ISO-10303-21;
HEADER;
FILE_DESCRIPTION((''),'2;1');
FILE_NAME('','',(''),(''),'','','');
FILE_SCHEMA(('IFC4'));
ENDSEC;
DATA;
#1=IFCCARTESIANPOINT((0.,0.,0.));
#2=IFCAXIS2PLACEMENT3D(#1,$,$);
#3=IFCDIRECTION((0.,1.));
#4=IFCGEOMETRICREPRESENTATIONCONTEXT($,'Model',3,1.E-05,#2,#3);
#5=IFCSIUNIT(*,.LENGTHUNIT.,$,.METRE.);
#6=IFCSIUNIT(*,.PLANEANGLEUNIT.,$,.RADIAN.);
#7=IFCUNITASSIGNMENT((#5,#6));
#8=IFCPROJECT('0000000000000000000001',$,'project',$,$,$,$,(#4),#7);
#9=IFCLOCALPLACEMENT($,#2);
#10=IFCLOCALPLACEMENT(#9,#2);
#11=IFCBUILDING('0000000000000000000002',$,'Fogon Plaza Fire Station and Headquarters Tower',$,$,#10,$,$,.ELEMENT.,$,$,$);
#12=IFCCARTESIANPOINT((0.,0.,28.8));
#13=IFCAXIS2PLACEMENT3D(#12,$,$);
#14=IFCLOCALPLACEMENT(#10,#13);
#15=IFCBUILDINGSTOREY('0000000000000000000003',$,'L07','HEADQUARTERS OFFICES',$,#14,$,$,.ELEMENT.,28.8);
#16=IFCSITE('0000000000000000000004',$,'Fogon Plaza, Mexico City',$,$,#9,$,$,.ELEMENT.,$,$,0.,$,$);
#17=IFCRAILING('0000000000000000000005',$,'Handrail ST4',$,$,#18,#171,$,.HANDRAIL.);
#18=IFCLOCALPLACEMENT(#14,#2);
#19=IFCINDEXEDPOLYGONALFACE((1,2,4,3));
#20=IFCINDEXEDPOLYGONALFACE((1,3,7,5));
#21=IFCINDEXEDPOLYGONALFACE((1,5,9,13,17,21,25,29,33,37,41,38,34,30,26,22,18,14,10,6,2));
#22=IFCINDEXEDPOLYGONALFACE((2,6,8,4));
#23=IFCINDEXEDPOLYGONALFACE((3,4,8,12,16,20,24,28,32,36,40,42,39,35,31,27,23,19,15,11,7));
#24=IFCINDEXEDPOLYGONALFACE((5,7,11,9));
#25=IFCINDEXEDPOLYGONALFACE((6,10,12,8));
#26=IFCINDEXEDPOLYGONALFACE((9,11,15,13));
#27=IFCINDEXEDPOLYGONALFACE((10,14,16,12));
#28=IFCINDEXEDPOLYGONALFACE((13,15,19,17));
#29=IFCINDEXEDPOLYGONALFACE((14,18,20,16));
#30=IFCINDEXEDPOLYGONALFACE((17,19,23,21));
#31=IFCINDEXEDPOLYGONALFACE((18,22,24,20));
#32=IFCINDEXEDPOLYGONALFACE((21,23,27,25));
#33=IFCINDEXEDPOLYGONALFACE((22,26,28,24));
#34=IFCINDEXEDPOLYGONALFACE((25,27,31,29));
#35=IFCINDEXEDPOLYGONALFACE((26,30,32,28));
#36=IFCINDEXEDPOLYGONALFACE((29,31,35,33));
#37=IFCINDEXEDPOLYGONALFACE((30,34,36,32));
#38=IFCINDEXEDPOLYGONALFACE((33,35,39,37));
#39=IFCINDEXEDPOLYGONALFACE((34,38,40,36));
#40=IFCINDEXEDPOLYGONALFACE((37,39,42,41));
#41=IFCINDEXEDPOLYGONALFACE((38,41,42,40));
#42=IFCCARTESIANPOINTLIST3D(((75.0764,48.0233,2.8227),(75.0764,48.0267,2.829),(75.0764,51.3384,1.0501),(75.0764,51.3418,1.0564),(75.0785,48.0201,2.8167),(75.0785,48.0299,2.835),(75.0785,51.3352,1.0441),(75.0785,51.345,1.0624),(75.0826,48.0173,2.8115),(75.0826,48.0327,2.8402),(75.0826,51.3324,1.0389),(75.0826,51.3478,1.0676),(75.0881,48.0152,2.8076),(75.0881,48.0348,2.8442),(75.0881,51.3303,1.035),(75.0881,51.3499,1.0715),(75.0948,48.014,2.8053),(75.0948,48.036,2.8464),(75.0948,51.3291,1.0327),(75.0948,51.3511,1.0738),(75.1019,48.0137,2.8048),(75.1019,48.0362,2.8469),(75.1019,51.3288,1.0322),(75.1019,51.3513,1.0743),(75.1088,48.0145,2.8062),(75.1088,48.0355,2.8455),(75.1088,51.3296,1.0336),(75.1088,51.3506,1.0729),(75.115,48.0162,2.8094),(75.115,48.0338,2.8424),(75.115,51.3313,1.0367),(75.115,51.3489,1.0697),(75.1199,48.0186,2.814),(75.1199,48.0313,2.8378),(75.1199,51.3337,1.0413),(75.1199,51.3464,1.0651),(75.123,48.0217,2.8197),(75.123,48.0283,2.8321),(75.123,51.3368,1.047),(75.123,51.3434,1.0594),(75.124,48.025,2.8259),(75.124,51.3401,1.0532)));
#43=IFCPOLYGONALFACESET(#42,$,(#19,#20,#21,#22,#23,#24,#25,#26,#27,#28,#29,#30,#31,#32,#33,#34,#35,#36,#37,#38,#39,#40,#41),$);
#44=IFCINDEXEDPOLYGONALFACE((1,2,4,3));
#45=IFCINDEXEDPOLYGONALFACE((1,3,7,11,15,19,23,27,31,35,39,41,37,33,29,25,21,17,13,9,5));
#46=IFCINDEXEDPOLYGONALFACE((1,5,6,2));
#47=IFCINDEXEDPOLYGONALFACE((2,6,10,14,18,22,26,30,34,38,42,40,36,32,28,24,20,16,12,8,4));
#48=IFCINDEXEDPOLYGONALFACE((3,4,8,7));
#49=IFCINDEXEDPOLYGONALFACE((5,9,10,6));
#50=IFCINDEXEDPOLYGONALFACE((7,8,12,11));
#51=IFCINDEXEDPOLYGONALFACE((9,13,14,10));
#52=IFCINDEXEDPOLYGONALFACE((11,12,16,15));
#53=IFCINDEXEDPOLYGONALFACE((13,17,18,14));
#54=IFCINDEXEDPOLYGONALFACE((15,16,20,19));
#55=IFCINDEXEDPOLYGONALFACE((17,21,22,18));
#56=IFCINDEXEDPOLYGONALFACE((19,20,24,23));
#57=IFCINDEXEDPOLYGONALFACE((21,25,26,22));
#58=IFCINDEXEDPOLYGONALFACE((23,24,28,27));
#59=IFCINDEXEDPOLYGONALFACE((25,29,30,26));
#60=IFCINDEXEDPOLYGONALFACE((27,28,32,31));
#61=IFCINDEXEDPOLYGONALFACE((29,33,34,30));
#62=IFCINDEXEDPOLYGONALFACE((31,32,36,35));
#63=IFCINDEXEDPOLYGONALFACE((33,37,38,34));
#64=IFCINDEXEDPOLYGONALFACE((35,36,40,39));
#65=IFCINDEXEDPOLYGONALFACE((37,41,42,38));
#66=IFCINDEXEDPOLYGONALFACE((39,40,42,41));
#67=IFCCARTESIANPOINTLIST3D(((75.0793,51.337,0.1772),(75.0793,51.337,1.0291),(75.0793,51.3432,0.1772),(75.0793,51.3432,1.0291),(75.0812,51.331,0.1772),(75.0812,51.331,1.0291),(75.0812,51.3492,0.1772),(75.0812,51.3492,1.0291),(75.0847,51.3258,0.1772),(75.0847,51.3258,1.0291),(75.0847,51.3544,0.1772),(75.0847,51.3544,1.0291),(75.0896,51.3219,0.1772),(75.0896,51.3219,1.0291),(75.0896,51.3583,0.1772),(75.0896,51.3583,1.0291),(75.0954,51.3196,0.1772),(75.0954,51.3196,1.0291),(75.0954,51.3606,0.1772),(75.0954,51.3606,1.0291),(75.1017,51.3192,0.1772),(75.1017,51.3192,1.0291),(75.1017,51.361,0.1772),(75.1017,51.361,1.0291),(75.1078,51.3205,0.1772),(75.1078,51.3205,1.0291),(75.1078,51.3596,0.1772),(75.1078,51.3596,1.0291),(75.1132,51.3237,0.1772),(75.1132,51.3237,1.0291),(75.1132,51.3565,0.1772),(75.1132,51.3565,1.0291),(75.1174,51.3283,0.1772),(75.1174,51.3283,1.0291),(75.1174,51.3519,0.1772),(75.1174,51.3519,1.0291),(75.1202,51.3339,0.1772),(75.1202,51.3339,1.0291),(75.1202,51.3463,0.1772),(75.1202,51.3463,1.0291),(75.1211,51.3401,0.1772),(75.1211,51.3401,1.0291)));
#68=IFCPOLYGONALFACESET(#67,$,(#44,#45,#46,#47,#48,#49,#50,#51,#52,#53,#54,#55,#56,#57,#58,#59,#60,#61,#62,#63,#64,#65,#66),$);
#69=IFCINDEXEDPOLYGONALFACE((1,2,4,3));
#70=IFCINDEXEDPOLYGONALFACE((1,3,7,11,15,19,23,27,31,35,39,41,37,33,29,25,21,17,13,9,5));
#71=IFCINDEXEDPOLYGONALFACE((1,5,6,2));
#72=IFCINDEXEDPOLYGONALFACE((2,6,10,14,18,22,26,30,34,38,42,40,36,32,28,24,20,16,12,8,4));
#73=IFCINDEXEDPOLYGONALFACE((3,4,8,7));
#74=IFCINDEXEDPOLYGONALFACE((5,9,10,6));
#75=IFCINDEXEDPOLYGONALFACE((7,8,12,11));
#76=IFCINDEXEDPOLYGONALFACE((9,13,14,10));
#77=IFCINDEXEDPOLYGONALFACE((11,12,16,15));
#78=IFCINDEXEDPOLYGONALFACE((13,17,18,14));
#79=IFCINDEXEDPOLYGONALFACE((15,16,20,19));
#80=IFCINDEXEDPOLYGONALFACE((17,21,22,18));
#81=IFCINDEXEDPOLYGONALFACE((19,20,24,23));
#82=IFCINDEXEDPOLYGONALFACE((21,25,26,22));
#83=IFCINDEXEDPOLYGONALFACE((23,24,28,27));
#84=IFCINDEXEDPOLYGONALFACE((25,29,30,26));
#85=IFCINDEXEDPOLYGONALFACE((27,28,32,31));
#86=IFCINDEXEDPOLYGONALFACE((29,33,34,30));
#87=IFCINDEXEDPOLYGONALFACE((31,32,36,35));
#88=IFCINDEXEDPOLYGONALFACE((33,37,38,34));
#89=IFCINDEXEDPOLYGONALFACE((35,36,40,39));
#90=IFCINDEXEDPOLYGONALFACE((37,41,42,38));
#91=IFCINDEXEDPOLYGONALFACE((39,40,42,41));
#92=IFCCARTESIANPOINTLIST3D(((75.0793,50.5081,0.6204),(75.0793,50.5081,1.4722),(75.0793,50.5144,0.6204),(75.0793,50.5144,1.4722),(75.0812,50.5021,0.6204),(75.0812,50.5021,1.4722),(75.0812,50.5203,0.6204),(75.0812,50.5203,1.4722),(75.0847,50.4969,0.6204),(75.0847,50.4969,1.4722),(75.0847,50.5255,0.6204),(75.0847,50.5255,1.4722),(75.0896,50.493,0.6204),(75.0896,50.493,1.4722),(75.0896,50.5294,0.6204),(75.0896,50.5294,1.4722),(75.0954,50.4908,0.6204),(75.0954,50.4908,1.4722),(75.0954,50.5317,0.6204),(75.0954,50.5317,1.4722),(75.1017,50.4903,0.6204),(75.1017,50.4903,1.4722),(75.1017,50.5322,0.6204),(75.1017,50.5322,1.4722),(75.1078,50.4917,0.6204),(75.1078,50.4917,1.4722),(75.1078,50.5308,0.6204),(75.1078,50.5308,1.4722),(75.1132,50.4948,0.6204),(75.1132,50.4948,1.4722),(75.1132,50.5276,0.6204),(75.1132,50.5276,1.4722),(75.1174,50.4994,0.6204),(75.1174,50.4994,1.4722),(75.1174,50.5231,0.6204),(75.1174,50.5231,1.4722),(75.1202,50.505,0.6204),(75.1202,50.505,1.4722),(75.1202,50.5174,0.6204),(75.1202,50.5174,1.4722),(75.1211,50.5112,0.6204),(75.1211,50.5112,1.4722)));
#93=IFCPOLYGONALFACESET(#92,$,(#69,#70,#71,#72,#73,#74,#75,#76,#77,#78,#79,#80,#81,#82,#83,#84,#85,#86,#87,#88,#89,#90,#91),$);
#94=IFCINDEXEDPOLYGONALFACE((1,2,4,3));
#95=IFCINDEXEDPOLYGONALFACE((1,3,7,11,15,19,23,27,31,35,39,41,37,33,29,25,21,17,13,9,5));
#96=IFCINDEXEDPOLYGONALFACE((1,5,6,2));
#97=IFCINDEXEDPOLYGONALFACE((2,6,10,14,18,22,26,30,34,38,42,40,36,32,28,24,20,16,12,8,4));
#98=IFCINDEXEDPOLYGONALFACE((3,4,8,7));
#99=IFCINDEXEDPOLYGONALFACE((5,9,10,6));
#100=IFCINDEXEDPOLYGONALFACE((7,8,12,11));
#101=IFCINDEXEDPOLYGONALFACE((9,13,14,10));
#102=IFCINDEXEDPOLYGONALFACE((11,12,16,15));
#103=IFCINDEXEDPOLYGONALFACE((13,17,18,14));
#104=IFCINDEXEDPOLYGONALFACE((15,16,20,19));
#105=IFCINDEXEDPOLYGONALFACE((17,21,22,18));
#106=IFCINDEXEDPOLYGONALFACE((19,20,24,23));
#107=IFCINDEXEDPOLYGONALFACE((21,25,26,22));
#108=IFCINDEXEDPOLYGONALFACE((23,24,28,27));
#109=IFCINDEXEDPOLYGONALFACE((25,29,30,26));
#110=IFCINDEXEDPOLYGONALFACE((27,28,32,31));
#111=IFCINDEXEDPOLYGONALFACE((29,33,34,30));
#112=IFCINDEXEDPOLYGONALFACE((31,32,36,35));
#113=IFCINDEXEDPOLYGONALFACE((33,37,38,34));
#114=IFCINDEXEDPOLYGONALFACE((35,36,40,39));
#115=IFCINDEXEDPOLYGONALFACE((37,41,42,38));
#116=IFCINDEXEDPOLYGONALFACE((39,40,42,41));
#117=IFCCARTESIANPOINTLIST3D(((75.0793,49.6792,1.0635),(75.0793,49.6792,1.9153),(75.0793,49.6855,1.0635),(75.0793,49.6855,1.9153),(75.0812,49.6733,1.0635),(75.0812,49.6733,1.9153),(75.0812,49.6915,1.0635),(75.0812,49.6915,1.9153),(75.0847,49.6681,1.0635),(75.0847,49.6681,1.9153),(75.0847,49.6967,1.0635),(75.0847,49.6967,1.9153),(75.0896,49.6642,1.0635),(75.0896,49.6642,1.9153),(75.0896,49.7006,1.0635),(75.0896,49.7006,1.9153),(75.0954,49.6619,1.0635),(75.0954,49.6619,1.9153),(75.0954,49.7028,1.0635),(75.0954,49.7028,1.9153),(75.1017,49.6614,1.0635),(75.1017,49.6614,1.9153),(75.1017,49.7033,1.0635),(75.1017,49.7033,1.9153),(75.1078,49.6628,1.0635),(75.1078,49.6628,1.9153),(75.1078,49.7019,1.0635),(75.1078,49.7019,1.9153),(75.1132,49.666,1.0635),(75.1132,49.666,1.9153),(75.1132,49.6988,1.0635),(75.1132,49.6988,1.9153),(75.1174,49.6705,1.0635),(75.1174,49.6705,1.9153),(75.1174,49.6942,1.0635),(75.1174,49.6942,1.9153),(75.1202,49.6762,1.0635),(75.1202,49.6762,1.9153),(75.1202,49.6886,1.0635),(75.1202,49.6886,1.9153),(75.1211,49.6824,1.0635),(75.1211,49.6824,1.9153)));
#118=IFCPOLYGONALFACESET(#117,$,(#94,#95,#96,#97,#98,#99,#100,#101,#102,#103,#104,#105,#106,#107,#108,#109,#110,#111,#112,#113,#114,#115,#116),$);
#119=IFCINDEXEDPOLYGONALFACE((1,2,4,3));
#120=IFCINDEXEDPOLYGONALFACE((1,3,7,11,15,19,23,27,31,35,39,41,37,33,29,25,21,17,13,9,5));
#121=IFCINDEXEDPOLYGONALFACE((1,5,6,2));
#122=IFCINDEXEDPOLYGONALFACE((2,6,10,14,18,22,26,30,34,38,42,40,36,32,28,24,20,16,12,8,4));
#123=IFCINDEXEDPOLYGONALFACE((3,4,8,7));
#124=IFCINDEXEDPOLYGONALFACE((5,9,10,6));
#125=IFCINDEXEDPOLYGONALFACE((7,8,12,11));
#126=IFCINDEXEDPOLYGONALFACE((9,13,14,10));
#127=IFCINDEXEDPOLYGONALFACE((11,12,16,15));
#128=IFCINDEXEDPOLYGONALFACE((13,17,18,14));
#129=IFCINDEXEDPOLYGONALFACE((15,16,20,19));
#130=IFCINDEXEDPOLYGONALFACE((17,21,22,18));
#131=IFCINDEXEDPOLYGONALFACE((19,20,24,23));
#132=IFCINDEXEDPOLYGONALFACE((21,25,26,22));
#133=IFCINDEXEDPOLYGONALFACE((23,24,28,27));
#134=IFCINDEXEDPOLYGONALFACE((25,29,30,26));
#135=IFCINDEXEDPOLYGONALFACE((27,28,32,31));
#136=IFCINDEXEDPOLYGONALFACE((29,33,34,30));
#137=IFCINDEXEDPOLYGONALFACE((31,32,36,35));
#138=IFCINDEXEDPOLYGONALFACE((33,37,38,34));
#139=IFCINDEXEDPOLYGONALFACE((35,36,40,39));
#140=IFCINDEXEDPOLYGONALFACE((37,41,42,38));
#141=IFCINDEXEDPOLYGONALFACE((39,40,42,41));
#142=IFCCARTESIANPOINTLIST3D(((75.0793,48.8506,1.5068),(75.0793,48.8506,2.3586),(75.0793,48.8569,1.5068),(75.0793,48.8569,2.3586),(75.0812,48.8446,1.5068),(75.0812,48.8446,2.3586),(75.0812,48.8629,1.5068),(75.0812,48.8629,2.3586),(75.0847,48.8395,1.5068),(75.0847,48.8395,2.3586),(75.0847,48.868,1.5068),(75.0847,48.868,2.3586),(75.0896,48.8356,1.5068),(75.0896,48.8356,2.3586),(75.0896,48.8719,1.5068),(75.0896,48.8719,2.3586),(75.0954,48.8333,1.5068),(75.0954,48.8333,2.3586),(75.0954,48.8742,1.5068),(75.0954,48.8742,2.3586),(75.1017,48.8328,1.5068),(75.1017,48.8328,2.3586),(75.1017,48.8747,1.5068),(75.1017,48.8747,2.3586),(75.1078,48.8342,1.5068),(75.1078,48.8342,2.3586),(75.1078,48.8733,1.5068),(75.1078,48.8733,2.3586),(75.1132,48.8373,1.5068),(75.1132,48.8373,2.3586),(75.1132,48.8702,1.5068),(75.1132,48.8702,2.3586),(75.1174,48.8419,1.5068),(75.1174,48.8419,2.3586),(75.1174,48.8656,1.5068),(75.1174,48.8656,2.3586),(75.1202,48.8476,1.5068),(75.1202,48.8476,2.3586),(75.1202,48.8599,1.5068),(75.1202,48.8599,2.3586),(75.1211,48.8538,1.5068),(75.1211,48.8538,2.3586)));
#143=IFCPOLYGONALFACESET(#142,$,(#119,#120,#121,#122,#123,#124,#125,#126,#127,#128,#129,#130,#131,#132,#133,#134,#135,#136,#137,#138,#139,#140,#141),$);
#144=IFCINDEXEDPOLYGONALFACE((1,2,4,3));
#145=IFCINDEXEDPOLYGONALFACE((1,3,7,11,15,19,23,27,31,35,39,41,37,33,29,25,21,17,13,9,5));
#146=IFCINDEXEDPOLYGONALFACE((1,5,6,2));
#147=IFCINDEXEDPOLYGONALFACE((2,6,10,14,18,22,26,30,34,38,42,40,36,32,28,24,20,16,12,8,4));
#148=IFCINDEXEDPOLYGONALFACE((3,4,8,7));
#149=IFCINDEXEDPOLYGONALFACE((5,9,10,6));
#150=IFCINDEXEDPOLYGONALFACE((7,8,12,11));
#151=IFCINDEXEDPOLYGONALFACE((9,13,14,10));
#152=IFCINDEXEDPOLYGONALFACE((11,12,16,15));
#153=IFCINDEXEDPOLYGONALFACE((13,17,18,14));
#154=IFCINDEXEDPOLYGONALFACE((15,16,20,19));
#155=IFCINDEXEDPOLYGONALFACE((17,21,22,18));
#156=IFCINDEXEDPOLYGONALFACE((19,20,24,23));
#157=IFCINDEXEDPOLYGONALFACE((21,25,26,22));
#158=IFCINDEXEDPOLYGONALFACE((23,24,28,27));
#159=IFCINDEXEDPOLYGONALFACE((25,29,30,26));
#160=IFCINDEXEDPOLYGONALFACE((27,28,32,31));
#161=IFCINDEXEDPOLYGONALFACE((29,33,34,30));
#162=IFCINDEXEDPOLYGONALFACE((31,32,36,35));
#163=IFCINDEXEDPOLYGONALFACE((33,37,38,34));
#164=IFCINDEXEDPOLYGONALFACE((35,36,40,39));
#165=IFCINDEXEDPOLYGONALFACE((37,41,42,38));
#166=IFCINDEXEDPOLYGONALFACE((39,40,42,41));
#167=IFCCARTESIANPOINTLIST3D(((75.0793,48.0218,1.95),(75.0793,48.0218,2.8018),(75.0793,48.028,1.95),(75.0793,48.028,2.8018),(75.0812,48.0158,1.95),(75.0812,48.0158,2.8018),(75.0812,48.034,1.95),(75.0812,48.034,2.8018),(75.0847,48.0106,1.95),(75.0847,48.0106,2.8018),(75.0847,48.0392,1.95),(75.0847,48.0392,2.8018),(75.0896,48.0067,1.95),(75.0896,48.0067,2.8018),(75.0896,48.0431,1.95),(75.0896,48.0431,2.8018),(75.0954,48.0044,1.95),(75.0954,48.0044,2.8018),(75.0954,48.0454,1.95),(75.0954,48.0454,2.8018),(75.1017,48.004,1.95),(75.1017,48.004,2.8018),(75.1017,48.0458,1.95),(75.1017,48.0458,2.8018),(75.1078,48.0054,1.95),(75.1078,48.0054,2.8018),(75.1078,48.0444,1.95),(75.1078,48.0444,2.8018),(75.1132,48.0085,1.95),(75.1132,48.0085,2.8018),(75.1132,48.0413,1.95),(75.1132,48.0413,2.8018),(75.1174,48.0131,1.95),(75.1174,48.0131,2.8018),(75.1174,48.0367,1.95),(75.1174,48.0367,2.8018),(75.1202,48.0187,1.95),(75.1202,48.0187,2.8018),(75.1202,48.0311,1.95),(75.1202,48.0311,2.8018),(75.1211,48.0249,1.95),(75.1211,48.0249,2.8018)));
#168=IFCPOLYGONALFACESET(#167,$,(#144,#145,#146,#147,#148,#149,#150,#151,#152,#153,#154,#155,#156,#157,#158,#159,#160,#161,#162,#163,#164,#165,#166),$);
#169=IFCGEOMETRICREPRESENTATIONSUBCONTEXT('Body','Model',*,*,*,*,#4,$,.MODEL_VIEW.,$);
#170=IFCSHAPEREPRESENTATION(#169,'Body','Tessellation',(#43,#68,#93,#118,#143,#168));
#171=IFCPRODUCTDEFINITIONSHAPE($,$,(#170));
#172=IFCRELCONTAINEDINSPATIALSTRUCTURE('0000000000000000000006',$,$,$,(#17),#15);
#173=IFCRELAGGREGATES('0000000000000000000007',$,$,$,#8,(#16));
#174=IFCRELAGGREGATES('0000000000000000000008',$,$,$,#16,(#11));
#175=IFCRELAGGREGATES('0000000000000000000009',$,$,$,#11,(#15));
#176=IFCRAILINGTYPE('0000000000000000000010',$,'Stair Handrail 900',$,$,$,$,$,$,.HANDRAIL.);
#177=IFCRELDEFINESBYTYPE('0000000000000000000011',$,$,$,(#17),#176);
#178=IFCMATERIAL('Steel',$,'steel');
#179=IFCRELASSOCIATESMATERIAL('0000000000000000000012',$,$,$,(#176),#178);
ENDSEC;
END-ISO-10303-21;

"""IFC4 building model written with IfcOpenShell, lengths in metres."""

from ifc_helpers import new_model, si_unit, direction, frame, origin, origin_2d, place, context, subcontext, project, spatial, circle, extrude, material, type_object, element, save


model = new_model("IFC4")

# Units and contexts
model_context = context("Model", 3, precision=1e-05, world=origin(), true_north=direction((0.0, 1.0)))
body_context = subcontext(model_context, "Body", "Model", "MODEL_VIEW")
ifc_project = project(units=[si_unit("LENGTHUNIT", "METRE"), si_unit("PLANEANGLEUNIT", "RADIAN")], contexts=[model_context])

# Site, building, storey
site_placement = place(None, origin())
site = spatial("IfcSite", under=ifc_project, at=site_placement, Name="Fogon Plaza, Mexico City", CompositionType="ELEMENT", RefElevation=0.0)
building_placement = place(site_placement, origin())
building = spatial("IfcBuilding", under=site, at=building_placement, Name="Fogon Plaza Fire Station and Headquarters Tower", CompositionType="ELEMENT")
storey_placement = place(building_placement, frame((0.0, 0.0, 28.8)))
storey = spatial("IfcBuildingStorey", under=building, at=storey_placement, Name="L07", Description="HEADQUARTERS OFFICES", CompositionType="ELEMENT", Elevation=28.8)

# Railing
ifc_material_1 = material(Name="Steel", Category="steel")
railing_type = type_object("IfcRailingType", Name="Stair Handrail 900", PredefinedType="HANDRAIL", material=ifc_material_1)
for number, where, name in (
    (1, (75.1001, 51.3401, 0.1772), "Handrail ST4"),
):
    element("IfcRailing", number, at=place(storey_placement, frame(where)), inside=storey, type_object=railing_type, Name=name, PredefinedType="HANDRAIL", context=body_context, shape_type="SweptSolid", body=[
        extrude(circle(Radius=0.0239, at=origin_2d()), frame((0.0, 0.0, 0.876), z_axis=(0.0, -0.881844, 0.471542), x_axis=(1.0, 0.0, 0.0)), (0.0, 0.0, 1.0), 3.7593),
        extrude(circle(Radius=0.021, at=origin_2d()), origin(), (0.0, 0.0, 1.0), 0.8518),
        extrude(circle(Radius=0.021, at=origin_2d()), frame((0.0, -0.8289, 0.4431)), (0.0, 0.0, 1.0), 0.8518),
        extrude(circle(Radius=0.021, at=origin_2d()), frame((0.0, -1.6577, 0.8862)), (0.0, 0.0, 1.0), 0.8518),
        extrude(circle(Radius=0.021, at=origin_2d()), frame((0.0, -2.4863, 1.3296)), (0.0, 0.0, 1.0), 0.8518),
        extrude(circle(Radius=0.021, at=origin_2d()), frame((0.0, -3.3152, 1.7727)), (0.0, 0.0, 1.0), 0.8518),
    ])

save(model, "model.ifc")
